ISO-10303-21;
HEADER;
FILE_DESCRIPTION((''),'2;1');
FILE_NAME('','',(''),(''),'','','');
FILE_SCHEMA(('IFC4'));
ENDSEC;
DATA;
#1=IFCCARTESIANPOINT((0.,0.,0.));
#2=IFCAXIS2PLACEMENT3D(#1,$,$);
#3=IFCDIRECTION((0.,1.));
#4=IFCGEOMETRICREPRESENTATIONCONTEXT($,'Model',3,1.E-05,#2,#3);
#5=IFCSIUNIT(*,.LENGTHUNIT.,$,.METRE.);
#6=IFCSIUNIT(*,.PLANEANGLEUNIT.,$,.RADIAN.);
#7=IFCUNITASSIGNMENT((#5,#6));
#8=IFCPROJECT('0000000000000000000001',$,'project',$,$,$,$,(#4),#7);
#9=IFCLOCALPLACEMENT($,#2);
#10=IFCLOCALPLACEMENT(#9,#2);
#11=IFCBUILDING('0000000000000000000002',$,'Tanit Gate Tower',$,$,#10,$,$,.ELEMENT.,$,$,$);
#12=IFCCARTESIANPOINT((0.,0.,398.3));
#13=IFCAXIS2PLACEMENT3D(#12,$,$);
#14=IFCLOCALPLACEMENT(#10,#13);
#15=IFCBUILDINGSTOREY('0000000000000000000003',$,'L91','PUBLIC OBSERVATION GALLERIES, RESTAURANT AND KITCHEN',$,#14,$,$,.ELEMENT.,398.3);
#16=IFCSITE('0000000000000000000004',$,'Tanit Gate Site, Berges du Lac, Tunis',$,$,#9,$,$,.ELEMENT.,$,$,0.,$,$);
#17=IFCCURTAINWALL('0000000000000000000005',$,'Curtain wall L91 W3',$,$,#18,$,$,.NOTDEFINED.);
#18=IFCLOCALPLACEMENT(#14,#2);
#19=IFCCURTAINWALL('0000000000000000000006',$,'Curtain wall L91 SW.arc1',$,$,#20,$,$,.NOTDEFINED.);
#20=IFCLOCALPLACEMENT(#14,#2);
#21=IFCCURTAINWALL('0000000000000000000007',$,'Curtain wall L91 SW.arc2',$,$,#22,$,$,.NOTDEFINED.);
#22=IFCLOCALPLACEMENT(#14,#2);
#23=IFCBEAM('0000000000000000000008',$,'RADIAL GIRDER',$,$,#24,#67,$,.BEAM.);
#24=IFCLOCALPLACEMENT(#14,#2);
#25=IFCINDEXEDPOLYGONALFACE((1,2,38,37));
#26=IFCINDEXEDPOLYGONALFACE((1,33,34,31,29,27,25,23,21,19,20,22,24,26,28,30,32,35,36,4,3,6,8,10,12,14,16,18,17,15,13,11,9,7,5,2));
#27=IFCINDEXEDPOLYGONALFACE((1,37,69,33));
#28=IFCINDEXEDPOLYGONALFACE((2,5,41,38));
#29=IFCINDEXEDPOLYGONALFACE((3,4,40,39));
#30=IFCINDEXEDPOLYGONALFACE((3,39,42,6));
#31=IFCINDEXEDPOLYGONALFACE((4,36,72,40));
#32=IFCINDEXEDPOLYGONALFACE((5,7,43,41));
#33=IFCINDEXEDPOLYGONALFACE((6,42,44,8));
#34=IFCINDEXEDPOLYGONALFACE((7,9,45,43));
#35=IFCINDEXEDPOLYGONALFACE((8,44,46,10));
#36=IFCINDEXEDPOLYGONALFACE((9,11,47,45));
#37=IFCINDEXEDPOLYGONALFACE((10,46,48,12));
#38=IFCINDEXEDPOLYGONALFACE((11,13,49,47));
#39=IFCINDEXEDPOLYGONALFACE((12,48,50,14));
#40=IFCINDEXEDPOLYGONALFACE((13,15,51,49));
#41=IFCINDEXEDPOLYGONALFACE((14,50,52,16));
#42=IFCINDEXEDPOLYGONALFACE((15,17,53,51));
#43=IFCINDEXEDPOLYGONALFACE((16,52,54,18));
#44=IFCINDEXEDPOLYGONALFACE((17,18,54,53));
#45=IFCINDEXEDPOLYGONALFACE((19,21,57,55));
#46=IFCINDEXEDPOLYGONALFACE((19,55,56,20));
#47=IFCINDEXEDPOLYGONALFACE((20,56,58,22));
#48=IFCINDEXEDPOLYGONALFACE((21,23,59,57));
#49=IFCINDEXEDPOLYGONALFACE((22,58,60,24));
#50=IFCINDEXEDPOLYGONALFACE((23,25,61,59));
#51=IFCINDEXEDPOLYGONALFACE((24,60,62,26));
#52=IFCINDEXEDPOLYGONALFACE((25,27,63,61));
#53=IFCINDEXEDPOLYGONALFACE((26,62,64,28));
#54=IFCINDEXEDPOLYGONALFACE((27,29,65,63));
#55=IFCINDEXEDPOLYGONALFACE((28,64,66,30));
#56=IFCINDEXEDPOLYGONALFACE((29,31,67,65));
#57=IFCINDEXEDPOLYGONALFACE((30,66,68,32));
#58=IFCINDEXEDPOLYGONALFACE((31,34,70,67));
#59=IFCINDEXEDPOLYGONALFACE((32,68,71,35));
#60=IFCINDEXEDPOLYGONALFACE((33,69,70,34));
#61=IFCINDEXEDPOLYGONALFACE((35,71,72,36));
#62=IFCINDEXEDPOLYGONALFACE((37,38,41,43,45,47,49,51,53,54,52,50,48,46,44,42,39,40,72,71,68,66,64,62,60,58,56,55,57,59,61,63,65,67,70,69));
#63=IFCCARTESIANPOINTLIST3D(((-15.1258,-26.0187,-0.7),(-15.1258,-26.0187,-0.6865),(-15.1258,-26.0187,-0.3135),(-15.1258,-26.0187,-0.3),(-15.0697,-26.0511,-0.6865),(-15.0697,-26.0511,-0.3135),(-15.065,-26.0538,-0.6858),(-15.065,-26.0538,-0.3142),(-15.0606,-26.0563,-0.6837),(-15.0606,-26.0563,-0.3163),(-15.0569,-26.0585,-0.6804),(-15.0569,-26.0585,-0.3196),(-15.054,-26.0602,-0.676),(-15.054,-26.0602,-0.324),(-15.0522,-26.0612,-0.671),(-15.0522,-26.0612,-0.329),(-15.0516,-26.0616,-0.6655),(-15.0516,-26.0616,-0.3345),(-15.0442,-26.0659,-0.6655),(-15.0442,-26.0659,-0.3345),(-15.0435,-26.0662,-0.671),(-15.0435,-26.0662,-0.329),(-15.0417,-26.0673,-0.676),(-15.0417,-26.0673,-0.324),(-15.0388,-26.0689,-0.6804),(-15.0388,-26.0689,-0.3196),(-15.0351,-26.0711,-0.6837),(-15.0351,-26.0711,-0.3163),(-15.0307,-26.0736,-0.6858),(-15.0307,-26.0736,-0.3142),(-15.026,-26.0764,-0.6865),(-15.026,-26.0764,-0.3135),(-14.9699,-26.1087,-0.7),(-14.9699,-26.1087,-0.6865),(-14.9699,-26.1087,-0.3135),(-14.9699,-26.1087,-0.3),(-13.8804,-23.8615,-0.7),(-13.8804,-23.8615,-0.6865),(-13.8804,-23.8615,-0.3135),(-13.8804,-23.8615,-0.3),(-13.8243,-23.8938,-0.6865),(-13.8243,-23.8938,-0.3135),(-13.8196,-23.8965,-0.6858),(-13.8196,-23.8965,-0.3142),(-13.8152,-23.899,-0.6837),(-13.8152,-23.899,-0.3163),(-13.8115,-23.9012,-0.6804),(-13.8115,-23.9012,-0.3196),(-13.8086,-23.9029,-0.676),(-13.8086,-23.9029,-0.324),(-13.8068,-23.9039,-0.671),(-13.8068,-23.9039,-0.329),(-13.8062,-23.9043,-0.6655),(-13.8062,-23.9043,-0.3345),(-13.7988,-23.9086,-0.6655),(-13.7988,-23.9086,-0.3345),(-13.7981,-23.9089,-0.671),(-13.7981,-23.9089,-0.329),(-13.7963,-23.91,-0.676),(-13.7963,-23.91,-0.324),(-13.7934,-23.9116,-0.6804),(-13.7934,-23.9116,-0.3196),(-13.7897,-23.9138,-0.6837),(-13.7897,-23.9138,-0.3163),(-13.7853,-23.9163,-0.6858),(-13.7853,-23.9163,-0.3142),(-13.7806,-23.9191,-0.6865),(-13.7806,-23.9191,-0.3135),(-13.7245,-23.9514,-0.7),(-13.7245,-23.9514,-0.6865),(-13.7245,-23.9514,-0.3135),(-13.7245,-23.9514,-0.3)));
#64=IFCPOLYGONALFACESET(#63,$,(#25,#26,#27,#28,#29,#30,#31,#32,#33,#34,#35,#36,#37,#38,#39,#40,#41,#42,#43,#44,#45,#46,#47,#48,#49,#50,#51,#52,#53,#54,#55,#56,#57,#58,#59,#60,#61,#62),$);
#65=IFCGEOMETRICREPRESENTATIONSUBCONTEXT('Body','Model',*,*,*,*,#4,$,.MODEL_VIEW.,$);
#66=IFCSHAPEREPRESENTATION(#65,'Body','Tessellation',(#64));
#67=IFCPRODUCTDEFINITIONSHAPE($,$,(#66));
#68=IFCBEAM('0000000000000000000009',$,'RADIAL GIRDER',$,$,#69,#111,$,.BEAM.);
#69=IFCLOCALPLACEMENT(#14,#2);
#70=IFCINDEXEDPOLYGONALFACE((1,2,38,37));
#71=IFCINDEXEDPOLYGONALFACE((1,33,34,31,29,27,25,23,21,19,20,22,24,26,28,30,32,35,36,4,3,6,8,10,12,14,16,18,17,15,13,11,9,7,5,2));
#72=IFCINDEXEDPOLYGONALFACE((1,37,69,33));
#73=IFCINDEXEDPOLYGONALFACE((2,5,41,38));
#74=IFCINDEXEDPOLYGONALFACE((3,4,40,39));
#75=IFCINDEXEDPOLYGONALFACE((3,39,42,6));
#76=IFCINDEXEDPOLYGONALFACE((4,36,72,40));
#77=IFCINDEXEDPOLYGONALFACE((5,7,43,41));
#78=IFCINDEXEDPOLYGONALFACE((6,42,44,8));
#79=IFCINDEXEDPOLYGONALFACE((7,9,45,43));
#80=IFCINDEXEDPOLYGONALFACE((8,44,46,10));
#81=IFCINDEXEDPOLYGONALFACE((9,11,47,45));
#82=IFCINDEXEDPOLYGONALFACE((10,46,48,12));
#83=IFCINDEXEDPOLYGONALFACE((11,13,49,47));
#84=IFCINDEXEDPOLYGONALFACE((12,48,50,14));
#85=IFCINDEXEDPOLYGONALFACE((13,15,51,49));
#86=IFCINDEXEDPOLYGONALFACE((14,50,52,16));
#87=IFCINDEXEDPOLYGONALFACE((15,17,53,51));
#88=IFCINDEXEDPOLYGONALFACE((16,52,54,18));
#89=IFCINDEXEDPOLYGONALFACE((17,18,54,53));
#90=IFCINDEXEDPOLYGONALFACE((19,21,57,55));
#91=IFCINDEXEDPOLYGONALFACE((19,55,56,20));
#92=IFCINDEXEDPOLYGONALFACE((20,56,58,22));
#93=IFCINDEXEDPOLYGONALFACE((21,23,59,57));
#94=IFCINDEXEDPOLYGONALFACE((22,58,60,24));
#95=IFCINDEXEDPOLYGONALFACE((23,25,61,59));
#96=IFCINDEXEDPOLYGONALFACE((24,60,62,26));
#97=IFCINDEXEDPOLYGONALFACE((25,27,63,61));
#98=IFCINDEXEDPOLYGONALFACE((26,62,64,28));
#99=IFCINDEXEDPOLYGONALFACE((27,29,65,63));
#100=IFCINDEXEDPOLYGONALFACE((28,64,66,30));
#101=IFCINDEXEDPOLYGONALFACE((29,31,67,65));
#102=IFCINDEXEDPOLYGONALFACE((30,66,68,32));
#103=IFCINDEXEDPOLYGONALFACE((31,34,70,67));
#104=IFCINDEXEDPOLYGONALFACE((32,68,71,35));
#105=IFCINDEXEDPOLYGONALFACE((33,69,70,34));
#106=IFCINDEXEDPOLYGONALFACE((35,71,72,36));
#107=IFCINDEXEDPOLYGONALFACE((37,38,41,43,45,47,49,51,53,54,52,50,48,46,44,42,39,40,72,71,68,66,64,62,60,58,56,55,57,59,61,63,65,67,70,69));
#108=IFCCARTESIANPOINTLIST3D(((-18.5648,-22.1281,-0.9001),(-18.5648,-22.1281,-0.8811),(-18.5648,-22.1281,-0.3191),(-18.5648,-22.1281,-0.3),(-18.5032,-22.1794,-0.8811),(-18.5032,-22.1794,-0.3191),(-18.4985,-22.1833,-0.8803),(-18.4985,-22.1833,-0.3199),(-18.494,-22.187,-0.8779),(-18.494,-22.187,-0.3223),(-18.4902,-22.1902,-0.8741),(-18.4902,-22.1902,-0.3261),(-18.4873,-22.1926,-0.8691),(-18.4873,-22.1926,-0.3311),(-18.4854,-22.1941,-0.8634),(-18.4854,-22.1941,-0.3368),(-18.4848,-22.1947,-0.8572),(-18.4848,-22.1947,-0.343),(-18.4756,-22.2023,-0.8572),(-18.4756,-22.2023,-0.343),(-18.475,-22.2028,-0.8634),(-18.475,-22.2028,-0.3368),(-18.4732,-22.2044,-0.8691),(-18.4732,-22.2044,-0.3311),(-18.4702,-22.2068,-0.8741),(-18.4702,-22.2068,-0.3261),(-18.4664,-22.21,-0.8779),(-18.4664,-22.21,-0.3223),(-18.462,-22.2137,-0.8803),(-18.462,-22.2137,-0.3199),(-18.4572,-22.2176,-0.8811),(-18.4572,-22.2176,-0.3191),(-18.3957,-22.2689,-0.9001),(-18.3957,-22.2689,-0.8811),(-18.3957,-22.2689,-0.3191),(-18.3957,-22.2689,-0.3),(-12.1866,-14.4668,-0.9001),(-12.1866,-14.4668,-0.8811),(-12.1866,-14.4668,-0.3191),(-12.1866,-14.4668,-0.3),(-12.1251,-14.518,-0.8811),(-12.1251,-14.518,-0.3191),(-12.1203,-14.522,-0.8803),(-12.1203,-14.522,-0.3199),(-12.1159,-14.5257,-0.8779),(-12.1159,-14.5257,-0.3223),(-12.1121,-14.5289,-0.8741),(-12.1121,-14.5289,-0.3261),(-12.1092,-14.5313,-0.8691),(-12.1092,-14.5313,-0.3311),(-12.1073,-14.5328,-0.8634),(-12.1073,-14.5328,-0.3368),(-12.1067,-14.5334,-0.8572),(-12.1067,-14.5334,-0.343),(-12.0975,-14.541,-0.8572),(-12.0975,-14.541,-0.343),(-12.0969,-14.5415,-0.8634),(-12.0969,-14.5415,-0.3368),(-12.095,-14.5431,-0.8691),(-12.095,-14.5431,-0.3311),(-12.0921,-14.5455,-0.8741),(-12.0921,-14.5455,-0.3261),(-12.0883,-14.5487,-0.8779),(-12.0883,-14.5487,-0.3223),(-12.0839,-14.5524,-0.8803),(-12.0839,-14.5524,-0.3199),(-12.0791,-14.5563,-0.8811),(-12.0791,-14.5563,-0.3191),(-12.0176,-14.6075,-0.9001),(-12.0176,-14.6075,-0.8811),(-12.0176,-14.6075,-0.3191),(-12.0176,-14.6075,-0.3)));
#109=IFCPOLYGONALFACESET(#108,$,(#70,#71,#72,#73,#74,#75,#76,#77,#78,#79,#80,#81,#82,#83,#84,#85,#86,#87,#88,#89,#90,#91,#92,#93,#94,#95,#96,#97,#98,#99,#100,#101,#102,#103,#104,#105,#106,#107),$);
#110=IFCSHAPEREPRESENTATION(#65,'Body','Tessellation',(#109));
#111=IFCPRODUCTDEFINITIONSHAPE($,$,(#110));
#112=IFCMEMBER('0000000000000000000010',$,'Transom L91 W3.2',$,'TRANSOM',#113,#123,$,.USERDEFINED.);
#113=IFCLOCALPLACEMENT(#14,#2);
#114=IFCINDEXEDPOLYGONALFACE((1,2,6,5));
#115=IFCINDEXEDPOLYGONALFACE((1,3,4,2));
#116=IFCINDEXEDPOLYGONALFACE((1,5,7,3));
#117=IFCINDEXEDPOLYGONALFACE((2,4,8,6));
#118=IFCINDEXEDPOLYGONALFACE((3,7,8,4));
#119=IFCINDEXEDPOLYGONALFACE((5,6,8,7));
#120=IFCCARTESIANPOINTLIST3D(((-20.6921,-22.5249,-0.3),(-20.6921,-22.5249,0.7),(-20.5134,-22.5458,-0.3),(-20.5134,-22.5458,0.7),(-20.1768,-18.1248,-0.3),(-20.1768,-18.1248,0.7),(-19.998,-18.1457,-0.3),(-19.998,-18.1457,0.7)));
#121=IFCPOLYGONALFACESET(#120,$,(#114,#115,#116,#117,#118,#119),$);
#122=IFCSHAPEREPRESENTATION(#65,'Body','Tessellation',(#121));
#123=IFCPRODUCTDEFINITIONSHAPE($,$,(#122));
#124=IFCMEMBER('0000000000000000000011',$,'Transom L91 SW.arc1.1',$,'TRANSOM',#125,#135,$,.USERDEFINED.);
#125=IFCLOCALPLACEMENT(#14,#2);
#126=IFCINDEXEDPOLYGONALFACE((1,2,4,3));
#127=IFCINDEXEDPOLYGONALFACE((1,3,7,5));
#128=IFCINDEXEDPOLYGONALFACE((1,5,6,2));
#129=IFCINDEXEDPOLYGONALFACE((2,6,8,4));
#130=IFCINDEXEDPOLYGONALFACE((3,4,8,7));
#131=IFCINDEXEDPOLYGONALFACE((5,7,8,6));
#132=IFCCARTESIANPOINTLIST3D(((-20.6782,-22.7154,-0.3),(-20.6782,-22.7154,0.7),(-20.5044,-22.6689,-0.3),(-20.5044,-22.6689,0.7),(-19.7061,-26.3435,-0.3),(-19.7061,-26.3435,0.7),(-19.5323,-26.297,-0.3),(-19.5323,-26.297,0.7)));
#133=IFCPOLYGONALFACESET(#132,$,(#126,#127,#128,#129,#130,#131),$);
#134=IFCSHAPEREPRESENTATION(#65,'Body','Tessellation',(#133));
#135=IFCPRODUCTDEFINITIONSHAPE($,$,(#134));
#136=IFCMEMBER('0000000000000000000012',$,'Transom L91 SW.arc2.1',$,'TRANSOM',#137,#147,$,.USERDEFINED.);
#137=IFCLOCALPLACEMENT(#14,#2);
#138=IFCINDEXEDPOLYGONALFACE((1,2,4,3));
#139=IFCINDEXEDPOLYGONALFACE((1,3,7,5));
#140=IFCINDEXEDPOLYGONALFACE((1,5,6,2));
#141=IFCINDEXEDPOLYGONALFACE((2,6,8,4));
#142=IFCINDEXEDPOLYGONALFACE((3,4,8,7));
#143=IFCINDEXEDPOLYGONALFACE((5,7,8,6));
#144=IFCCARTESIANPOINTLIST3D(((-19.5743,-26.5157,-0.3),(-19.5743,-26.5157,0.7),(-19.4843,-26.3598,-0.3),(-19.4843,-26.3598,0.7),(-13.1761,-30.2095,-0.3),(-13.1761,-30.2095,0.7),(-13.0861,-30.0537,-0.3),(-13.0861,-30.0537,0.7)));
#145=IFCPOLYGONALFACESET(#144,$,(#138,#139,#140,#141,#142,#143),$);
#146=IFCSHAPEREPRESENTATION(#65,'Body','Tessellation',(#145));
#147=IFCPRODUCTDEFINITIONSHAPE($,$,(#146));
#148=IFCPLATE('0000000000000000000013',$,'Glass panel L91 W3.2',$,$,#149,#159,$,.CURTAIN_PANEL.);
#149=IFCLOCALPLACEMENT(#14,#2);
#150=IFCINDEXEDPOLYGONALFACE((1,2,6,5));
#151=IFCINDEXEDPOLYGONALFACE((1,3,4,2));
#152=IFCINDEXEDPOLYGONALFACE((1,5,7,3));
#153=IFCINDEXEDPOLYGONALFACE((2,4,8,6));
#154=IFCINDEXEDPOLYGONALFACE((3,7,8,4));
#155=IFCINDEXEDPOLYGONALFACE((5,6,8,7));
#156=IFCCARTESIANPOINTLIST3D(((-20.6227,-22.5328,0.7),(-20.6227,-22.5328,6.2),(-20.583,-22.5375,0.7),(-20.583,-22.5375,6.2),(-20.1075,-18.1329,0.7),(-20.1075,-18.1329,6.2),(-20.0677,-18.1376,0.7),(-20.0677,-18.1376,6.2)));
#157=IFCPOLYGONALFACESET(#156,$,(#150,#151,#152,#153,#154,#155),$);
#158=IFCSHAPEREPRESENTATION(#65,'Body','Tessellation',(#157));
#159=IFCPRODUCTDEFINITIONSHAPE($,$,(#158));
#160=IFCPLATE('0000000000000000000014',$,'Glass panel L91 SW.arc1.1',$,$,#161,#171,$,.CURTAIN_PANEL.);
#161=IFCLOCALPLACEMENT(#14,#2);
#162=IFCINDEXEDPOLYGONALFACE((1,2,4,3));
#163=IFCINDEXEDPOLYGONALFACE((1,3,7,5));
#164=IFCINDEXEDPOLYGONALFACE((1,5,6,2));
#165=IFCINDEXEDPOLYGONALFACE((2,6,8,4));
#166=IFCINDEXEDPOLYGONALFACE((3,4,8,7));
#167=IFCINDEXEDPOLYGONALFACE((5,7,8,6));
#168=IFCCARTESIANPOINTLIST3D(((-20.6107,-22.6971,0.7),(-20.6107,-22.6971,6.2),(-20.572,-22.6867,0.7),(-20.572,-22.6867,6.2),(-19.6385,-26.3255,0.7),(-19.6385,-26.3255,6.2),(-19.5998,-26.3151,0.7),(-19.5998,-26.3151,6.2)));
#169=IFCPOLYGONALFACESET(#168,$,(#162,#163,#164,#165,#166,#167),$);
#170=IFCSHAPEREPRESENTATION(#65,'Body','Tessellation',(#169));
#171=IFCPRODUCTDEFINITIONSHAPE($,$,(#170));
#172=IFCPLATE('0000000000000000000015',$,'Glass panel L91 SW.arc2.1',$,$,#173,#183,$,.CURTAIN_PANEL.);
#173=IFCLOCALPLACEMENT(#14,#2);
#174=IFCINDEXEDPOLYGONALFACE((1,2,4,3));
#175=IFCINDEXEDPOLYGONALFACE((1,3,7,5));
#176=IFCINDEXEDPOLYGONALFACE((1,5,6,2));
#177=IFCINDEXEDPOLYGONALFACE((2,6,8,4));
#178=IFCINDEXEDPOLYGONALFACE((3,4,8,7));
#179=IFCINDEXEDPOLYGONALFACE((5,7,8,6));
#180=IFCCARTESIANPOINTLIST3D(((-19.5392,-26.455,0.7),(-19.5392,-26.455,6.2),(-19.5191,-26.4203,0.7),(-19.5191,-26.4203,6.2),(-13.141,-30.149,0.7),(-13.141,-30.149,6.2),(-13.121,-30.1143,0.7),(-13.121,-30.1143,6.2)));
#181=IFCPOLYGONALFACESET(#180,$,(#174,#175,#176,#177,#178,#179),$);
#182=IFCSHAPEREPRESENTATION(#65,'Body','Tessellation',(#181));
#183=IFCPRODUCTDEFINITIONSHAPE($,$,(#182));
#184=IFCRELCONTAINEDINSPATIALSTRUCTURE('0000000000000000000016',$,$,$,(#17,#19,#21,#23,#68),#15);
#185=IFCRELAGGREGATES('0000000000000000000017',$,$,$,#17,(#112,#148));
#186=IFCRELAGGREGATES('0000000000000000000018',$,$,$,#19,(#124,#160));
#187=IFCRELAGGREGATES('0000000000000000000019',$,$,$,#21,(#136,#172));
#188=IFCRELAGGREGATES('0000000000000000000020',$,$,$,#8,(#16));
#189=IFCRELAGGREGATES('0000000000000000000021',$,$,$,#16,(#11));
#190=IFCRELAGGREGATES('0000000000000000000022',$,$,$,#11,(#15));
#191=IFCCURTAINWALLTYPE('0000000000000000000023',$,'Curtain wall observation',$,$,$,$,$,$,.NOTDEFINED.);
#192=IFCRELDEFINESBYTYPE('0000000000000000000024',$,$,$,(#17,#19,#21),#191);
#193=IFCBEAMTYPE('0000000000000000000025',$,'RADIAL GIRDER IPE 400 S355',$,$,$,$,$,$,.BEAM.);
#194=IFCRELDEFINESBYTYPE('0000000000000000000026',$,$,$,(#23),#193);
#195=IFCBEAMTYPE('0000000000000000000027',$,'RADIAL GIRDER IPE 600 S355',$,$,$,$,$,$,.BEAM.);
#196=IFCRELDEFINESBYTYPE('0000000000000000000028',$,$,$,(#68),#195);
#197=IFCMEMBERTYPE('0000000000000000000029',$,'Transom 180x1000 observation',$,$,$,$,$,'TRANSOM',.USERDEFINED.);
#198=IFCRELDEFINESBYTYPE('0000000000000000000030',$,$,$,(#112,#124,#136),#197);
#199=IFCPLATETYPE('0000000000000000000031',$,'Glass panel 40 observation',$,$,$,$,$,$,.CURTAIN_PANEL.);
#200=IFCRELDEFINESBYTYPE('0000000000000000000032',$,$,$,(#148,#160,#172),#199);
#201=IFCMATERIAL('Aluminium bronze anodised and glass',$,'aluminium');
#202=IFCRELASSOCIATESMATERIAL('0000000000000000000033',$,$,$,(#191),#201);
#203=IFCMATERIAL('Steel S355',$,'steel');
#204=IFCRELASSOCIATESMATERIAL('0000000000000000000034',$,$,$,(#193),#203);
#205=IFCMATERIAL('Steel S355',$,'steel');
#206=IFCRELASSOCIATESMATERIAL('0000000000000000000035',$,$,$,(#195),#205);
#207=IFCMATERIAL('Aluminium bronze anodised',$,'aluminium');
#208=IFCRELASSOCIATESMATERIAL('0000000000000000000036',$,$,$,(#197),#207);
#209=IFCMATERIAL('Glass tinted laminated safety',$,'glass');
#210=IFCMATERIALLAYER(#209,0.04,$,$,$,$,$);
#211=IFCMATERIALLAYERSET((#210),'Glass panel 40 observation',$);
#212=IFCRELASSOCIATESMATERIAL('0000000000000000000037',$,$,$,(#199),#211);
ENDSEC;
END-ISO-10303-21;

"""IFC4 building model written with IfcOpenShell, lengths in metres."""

from ifc_helpers import new_model, si_unit, direction, frame, origin, origin_2d, place, context, subcontext, project, spatial, rectangle, i_section, extrude, material, layer, layer_set, material_profile, profile_set, type_object, element, aggregate, save


model = new_model("IFC4")

# Units and contexts
model_context = context("Model", 3, precision=1e-05, world=origin(), true_north=direction((0.0, 1.0)))
body_context = subcontext(model_context, "Body", "Model", "MODEL_VIEW")
ifc_project = project(units=[si_unit("LENGTHUNIT", "METRE"), si_unit("PLANEANGLEUNIT", "RADIAN")], contexts=[model_context])

# Site, building, storey
site_placement = place(None, origin())
site = spatial("IfcSite", under=ifc_project, at=site_placement, Name="Tanit Gate Site, Berges du Lac, Tunis", CompositionType="ELEMENT", RefElevation=0.0)
building_placement = place(site_placement, origin())
building = spatial("IfcBuilding", under=site, at=building_placement, Name="Tanit Gate Tower", CompositionType="ELEMENT")
storey_placement = place(building_placement, frame((0.0, 0.0, 398.3)))
storey = spatial("IfcBuildingStorey", under=building, at=storey_placement, Name="L91", Description="PUBLIC OBSERVATION GALLERIES, RESTAURANT AND KITCHEN", CompositionType="ELEMENT", Elevation=398.3)

# Curtain walls
ifc_material_1 = material(Name="Aluminium bronze anodised and glass", Category="aluminium")
curtain_wall_type = type_object("IfcCurtainWallType", Name="Curtain wall observation", PredefinedType="NOTDEFINED", material=ifc_material_1)
curtain_wall_1_placement = place(storey_placement, origin())
curtain_wall_1 = element("IfcCurtainWall", 1, at=curtain_wall_1_placement, inside=storey, type_object=curtain_wall_type, Name="Curtain wall L91 W3", PredefinedType="NOTDEFINED")
curtain_wall_2_placement = place(storey_placement, origin())
curtain_wall_2 = element("IfcCurtainWall", 2, at=curtain_wall_2_placement, inside=storey, type_object=curtain_wall_type, Name="Curtain wall L91 SW.arc1", PredefinedType="NOTDEFINED")

# Curtain wall
curtain_wall_3_placement = place(storey_placement, origin())
curtain_wall_3 = element("IfcCurtainWall", 3, at=curtain_wall_3_placement, inside=storey, type_object=curtain_wall_type, Name="Curtain wall L91 SW.arc2", PredefinedType="NOTDEFINED")

# Beams
ifc_material_2 = material(Name="Steel S355", Category="steel")
ifc_material_profile_1 = material_profile(ifc_material_2, i_section(OverallWidth=0.1799, OverallDepth=0.3999, WebThickness=0.0085, FlangeThickness=0.0134, FilletRadius=0.021, at=origin_2d()), Name="IPE 400")
ifc_profile_set_1 = profile_set([ifc_material_profile_1], Name="Steel S355")
beam_type_1 = type_object("IfcBeamType", Name="RADIAL GIRDER IPE 400 S355", PredefinedType="BEAM", material=ifc_profile_set_1)
beam_1_placement = place(storey_placement, frame((-15.0479, -26.0637, -0.5), z_axis=(0.499966, 0.866045, 0.0), x_axis=(-0.866045, 0.499966, 0.0)))
element("IfcBeam", 4, at=beam_1_placement, inside=storey, type_object=beam_type_1, Name="RADIAL GIRDER", PredefinedType="BEAM", context=body_context, shape_type="SweptSolid", body=[
    extrude(i_section(OverallWidth=0.1799, OverallDepth=0.3999, WebThickness=0.0085, FlangeThickness=0.0134, FilletRadius=0.021, at=origin_2d()), origin(), (0.0, 0.0, 1.0), 2.491),
])
ifc_material_3 = material(Name="Steel S355", Category="steel")
ifc_material_profile_2 = material_profile(ifc_material_3, i_section(OverallWidth=0.22, OverallDepth=0.6001, WebThickness=0.012, FlangeThickness=0.019, FilletRadius=0.0239, at=origin_2d()), Name="IPE 600")
ifc_profile_set_2 = profile_set([ifc_material_profile_2], Name="Steel S355")
beam_type_2 = type_object("IfcBeamType", Name="RADIAL GIRDER IPE 600 S355", PredefinedType="BEAM", material=ifc_profile_set_2)
beam_2_placement = place(storey_placement, frame((-18.4802, -22.1985, -0.6001), z_axis=(0.639811, 0.768532, 0.0), x_axis=(-0.768532, 0.639811, 0.0)))
element("IfcBeam", 5, at=beam_2_placement, inside=storey, type_object=beam_type_2, Name="RADIAL GIRDER", PredefinedType="BEAM", context=body_context, shape_type="SweptSolid", body=[
    extrude(i_section(OverallWidth=0.22, OverallDepth=0.6001, WebThickness=0.012, FlangeThickness=0.019, FilletRadius=0.0239, at=origin_2d()), origin(), (0.0, 0.0, 1.0), 9.9688),
])

# Members
ifc_material_4 = material(Name="Aluminium bronze anodised", Category="aluminium")
ifc_material_profile_3 = material_profile(ifc_material_4, rectangle(XDim=0.1799, YDim=1.0, at=origin_2d()), Name="180x1000 bronze transom")
ifc_profile_set_3 = profile_set([ifc_material_profile_3], Name="Aluminium bronze anodised")
member_type_1 = type_object("IfcMemberType", Name="Transom 180x1000 observation", ElementType="TRANSOM", PredefinedType="USERDEFINED", material=ifc_profile_set_3)
member_1_placement = place(storey_placement, frame((-20.0874, -18.1353, 0.2), z_axis=(-0.116333, -0.99321, 0.0), x_axis=(0.99321, -0.116333, 0.0)))
member_1 = element("IfcMember", 6, at=member_1_placement, type_object=member_type_1, Name="Transom L91 W3.2", ObjectType="TRANSOM", PredefinedType="USERDEFINED", context=body_context, shape_type="SweptSolid", body=[
    extrude(rectangle(XDim=0.1799, YDim=1.0, at=origin_2d()), origin(), (0.0, 0.0, 1.0), 4.4302),
])
member_2_placement = place(storey_placement, frame((-20.5913, -22.6921, 0.2), z_axis=(0.258819, -0.965926, 0.0), x_axis=(0.965926, 0.258819, 0.0)))
member_2 = element("IfcMember", 7, at=member_2_placement, type_object=member_type_1, Name="Transom L91 SW.arc1.1", ObjectType="TRANSOM", PredefinedType="USERDEFINED", context=body_context, shape_type="SweptSolid", body=[
    extrude(rectangle(XDim=0.1799, YDim=1.0, at=origin_2d()), origin(), (0.0, 0.0, 1.0), 3.7561),
])
member_3_placement = place(storey_placement, frame((-19.5293, -26.4377, 0.2), z_axis=(0.866034, -0.499985, 0.0), x_axis=(0.499985, 0.866034, 0.0)))
member_3 = element("IfcMember", 8, at=member_3_placement, type_object=member_type_1, Name="Transom L91 SW.arc2.1", ObjectType="TRANSOM", PredefinedType="USERDEFINED", context=body_context, shape_type="SweptSolid", body=[
    extrude(rectangle(XDim=0.1799, YDim=1.0, at=origin_2d()), origin(), (0.0, 0.0, 1.0), 7.3879),
])

# Plates
ifc_material_5 = material(Name="Glass tinted laminated safety", Category="glass")
ifc_layer_1 = layer(ifc_material_5, 0.04)
ifc_layer_set_1 = layer_set([ifc_layer_1], Name="Glass panel 40 observation")
plate_type = type_object("IfcPlateType", Name="Glass panel 40 observation", PredefinedType="CURTAIN_PANEL", material=ifc_layer_set_1)
plate_1_placement = place(storey_placement, frame((-20.3452, -20.3352, 0.7), z_axis=(0.0, 0.0, 1.0), x_axis=(-0.116318, -0.993212, 0.0)))
plate_1 = element("IfcPlate", 9, at=plate_1_placement, type_object=plate_type, Name="Glass panel L91 W3.2", PredefinedType="CURTAIN_PANEL", context=body_context, shape_type="SweptSolid", body=[
    extrude(rectangle(XDim=4.4299, YDim=0.04, at=origin_2d()), origin(), (0.0, 0.0, 1.0), 5.5),
])
aggregate(curtain_wall_1, [member_1, plate_1])
plate_2_placement = place(storey_placement, frame((-20.1052, -24.5061, 0.7), z_axis=(0.0, 0.0, 1.0), x_axis=(0.258819, -0.965926, 0.0)))
plate_2 = element("IfcPlate", 10, at=plate_2_placement, type_object=plate_type, Name="Glass panel L91 SW.arc1.1", PredefinedType="CURTAIN_PANEL", context=body_context, shape_type="SweptSolid", body=[
    extrude(rectangle(XDim=3.7563, YDim=0.04, at=origin_2d()), origin(), (0.0, 0.0, 1.0), 5.5),
])
aggregate(curtain_wall_2, [member_2, plate_2])
plate_3_placement = place(storey_placement, frame((-16.3301, -28.2847, 0.7), z_axis=(0.0, 0.0, 1.0), x_axis=(0.866025, -0.5, 0.0)))
plate_3 = element("IfcPlate", 11, at=plate_3_placement, type_object=plate_type, Name="Glass panel L91 SW.arc2.1", PredefinedType="CURTAIN_PANEL", context=body_context, shape_type="SweptSolid", body=[
    extrude(rectangle(XDim=7.3879, YDim=0.04, at=origin_2d()), origin(), (0.0, 0.0, 1.0), 5.5),
])
aggregate(curtain_wall_3, [member_3, plate_3])

save(model, "model.ifc")
